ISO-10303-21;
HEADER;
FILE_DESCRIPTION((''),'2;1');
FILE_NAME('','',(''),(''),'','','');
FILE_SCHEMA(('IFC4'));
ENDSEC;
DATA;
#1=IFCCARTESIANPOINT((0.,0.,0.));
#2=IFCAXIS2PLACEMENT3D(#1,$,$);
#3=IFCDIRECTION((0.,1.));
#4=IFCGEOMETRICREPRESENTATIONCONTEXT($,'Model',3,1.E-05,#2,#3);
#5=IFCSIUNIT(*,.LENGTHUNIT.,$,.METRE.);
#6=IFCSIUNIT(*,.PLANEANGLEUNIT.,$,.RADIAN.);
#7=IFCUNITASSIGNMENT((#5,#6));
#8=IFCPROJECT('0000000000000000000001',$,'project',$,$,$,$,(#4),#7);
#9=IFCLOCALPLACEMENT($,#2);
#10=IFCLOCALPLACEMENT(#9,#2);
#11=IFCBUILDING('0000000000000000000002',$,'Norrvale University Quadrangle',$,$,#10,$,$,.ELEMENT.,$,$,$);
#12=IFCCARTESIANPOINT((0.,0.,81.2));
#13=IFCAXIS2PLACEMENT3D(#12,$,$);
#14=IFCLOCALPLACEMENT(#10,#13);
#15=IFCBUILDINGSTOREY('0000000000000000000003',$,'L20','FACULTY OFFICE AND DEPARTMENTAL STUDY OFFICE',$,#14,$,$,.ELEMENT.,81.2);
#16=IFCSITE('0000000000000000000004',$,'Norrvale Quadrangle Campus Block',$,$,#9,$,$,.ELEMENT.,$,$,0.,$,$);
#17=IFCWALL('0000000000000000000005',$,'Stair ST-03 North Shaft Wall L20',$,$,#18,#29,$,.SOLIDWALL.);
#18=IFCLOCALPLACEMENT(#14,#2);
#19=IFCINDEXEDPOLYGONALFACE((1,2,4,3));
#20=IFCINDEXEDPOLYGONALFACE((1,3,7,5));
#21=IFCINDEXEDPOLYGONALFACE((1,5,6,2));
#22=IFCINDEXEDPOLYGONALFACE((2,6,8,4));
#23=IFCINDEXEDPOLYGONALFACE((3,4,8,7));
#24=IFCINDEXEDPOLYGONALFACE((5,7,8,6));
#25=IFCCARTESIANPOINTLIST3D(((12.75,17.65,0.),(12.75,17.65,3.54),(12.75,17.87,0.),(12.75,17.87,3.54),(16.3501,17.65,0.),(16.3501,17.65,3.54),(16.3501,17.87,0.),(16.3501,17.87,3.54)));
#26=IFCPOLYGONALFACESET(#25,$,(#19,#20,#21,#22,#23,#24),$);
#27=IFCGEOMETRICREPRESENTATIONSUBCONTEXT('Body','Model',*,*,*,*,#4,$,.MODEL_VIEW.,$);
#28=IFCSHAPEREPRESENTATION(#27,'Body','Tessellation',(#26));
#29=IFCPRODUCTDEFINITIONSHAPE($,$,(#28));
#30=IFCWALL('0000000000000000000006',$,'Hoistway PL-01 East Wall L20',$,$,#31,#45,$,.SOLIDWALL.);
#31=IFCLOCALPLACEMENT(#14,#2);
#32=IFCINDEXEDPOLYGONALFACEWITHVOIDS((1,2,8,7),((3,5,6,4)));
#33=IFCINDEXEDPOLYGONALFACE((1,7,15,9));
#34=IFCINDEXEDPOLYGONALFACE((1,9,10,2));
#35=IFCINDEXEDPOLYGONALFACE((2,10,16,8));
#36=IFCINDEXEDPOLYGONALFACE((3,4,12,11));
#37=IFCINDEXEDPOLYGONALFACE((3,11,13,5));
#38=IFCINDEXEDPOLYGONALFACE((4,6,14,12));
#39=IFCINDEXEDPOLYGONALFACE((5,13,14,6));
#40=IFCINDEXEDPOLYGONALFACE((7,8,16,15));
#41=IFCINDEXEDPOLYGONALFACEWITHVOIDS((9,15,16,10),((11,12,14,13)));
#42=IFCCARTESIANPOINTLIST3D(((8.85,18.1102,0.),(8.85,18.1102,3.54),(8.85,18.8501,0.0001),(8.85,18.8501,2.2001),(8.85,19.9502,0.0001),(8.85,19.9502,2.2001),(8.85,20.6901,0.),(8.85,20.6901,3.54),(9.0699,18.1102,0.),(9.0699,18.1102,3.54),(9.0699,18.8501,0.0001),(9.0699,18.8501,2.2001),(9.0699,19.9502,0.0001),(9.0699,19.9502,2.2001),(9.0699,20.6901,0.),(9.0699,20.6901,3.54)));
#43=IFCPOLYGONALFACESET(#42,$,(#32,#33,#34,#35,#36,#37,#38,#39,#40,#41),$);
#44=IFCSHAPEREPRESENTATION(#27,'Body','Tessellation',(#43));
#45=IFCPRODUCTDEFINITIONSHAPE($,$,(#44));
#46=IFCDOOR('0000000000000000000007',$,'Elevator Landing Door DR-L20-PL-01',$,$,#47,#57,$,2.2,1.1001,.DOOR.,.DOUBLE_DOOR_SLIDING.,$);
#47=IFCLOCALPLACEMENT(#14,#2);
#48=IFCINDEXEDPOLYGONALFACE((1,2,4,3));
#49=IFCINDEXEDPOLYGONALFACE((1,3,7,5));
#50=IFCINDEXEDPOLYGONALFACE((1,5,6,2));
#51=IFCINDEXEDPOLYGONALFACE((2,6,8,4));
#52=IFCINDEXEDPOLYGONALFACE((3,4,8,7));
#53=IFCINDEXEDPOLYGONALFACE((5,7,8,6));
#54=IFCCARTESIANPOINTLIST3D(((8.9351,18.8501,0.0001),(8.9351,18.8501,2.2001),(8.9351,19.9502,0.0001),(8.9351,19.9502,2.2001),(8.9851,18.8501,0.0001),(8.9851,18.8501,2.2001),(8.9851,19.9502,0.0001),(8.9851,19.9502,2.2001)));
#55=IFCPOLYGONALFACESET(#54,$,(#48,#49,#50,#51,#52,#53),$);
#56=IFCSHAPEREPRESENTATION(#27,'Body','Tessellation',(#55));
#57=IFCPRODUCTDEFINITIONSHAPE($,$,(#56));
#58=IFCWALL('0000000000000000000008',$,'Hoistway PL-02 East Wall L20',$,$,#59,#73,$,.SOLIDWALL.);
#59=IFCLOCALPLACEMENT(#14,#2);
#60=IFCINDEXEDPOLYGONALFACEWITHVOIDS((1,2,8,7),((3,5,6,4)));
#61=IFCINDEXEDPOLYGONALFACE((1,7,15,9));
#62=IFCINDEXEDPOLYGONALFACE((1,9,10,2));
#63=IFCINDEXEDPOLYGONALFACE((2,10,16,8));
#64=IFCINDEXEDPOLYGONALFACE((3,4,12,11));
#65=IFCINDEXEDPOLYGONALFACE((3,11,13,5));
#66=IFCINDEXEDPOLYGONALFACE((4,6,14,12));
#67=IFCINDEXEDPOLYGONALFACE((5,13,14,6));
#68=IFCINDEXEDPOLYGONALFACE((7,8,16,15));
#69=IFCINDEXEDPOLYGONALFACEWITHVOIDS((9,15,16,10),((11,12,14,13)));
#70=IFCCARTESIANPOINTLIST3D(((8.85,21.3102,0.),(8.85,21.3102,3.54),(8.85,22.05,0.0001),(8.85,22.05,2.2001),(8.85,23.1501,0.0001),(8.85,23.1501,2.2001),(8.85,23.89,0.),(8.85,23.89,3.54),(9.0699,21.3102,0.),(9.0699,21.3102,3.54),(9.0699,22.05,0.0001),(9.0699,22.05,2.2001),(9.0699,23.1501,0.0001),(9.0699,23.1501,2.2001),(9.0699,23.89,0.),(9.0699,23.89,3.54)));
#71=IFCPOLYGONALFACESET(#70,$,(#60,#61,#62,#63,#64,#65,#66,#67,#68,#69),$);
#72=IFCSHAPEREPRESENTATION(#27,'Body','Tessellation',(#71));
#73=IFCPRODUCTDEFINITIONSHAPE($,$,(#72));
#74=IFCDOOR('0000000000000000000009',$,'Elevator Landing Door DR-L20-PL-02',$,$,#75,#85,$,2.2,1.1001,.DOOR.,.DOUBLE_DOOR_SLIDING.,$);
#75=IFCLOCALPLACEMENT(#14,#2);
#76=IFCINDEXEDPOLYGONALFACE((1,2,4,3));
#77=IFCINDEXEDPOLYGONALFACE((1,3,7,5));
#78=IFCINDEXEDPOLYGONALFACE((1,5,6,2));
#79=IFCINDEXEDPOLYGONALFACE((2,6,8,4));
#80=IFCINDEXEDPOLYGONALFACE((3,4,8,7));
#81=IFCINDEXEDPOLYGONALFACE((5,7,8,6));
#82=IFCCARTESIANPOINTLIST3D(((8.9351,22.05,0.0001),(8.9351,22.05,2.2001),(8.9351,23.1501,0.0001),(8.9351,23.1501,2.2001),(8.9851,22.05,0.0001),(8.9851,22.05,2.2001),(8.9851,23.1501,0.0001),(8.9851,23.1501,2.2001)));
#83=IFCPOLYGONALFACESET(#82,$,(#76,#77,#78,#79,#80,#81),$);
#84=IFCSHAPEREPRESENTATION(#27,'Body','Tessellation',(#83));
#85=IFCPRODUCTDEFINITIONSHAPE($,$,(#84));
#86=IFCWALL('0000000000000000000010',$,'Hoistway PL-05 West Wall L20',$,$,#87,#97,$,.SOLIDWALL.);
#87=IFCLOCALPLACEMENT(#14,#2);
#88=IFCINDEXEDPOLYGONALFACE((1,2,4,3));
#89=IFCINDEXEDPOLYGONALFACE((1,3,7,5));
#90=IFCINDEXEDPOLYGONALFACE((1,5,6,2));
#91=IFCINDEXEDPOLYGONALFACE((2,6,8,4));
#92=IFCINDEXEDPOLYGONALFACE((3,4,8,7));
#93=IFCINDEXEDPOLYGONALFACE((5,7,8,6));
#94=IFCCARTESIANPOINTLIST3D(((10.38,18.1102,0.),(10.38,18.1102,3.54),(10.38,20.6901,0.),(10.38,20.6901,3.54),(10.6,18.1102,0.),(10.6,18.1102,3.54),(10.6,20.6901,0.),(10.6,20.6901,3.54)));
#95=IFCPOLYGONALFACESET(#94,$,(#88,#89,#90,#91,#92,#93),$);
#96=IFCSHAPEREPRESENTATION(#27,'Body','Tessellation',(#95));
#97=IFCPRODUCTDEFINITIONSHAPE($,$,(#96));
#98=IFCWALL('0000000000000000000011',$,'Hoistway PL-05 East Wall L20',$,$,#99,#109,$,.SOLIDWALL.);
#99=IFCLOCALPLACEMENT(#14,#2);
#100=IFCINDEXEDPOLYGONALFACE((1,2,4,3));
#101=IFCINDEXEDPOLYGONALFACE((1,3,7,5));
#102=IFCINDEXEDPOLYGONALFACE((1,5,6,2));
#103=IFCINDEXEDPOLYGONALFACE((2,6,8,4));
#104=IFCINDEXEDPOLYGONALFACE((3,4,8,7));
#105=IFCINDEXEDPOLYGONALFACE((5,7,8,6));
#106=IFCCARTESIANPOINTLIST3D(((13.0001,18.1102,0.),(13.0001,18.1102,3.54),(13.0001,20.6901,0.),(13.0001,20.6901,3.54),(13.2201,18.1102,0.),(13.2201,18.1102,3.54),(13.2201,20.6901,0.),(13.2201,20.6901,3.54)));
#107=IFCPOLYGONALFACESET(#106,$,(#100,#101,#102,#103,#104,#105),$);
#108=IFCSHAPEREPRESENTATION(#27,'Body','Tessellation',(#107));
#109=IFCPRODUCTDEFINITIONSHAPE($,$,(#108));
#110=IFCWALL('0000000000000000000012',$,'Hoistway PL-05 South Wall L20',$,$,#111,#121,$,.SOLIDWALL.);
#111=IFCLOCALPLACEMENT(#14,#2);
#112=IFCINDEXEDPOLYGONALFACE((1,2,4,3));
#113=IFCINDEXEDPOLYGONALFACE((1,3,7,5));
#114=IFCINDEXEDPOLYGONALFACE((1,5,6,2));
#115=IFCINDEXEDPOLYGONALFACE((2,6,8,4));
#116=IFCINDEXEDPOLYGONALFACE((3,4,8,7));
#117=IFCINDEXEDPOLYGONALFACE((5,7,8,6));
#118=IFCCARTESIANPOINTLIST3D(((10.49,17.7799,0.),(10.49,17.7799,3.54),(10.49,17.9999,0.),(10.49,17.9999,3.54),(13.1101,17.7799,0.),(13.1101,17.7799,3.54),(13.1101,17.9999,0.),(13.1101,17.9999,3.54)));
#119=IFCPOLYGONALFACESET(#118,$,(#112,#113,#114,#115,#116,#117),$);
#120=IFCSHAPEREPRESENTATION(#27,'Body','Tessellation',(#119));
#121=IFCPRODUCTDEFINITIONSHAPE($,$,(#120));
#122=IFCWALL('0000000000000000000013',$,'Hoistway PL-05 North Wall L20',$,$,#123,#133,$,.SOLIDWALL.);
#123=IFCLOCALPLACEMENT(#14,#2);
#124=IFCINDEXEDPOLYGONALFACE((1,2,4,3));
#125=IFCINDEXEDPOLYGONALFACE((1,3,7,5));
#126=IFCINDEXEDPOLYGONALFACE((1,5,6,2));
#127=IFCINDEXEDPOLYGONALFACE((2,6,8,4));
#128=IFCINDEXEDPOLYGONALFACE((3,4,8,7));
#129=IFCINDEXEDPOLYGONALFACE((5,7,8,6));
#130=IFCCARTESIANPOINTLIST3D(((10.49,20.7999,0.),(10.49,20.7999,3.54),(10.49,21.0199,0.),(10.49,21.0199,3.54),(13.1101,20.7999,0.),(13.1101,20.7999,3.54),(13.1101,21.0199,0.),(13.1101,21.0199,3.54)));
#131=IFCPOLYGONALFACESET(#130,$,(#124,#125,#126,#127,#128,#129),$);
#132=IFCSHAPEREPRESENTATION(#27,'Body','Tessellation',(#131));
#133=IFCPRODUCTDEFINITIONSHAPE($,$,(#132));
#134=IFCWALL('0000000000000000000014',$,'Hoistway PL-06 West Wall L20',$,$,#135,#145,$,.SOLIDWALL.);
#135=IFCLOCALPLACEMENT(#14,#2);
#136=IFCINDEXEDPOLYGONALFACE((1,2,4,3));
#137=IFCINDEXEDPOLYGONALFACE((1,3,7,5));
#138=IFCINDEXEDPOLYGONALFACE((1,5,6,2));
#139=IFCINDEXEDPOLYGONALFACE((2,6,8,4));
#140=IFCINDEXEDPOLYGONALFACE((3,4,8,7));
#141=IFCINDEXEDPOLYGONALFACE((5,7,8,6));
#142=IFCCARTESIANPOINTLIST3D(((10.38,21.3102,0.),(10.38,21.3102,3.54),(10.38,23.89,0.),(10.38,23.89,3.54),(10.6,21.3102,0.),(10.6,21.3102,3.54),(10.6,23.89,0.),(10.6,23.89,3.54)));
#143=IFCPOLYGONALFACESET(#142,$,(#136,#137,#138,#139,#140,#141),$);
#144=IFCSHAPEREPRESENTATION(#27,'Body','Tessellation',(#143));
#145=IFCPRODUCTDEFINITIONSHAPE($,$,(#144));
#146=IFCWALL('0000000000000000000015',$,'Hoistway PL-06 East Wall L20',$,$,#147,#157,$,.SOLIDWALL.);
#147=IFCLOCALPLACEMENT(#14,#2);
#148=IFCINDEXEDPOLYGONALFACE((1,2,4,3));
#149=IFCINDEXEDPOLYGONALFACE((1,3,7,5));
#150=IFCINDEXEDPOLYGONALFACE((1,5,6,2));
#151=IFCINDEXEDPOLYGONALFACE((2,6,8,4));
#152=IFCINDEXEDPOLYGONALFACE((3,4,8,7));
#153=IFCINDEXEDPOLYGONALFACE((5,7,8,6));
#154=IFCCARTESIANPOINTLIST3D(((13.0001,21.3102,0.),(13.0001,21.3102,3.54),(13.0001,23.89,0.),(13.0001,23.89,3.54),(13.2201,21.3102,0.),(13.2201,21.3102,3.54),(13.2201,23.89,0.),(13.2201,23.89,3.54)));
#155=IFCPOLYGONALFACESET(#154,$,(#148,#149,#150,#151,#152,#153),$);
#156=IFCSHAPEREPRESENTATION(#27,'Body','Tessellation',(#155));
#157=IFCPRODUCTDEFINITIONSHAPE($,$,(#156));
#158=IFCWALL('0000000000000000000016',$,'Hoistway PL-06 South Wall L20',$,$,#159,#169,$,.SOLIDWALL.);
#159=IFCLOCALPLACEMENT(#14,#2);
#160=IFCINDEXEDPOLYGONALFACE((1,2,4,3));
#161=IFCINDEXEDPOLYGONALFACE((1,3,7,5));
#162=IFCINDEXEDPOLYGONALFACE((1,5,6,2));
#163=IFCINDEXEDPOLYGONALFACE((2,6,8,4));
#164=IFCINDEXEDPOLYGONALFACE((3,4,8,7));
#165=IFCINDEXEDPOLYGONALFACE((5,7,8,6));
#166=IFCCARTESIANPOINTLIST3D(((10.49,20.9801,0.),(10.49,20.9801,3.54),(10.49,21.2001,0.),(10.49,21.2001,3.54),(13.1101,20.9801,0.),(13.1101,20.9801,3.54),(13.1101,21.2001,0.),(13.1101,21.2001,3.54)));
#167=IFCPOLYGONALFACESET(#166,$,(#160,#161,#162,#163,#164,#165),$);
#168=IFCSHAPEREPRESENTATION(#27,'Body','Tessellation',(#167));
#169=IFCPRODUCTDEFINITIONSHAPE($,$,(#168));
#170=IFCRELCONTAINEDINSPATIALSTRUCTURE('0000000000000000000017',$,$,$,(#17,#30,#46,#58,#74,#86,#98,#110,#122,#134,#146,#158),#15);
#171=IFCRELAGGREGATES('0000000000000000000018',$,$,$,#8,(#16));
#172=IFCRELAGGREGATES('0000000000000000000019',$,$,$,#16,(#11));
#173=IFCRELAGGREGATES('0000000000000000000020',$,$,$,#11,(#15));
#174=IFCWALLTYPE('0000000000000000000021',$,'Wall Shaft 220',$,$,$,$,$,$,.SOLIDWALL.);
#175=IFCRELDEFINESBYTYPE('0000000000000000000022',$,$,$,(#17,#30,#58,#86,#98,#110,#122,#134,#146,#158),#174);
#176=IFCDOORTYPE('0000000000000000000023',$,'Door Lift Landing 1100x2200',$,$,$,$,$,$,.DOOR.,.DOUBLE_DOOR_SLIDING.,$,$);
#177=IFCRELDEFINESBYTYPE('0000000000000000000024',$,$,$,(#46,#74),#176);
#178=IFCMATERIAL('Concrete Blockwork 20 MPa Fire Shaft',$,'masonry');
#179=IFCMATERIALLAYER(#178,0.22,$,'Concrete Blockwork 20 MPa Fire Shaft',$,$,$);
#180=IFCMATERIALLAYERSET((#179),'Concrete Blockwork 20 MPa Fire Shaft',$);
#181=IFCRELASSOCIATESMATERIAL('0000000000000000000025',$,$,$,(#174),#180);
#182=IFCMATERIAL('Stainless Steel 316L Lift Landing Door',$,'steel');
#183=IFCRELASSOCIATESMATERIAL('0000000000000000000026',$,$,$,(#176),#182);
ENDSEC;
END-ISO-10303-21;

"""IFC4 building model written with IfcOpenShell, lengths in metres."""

from ifc_helpers import new_model, si_unit, direction, frame, frame_2d, origin, place, context, subcontext, project, spatial, rectangle, extrude, material, layer, layer_set, type_object, element, fill, save


model = new_model("IFC4")

# Units and contexts
model_context = context("Model", 3, precision=1e-05, world=origin(), true_north=direction((0.0, 1.0)))
body_context = subcontext(model_context, "Body", "Model", "MODEL_VIEW")
ifc_project = project(units=[si_unit("LENGTHUNIT", "METRE"), si_unit("PLANEANGLEUNIT", "RADIAN")], contexts=[model_context])

# Site, building, storey
site_placement = place(None, origin())
site = spatial("IfcSite", under=ifc_project, at=site_placement, Name="Norrvale Quadrangle Campus Block", CompositionType="ELEMENT", RefElevation=0.0)
building_placement = place(site_placement, origin())
building = spatial("IfcBuilding", under=site, at=building_placement, Name="Norrvale University Quadrangle", CompositionType="ELEMENT")
storey_placement = place(building_placement, frame((0.0, 0.0, 81.2)))
storey = spatial("IfcBuildingStorey", under=building, at=storey_placement, Name="L20", Description="FACULTY OFFICE AND DEPARTMENTAL STUDY OFFICE", CompositionType="ELEMENT", Elevation=81.2)

# Wall
ifc_material_1 = material(Name="Concrete Blockwork 20 MPa Fire Shaft", Category="masonry")
ifc_layer_1 = layer(ifc_material_1, 0.22, Name="Concrete Blockwork 20 MPa Fire Shaft")
ifc_layer_set_1 = layer_set([ifc_layer_1], Name="Concrete Blockwork 20 MPa Fire Shaft")
wall_type_1 = type_object("IfcWallType", Name="Wall Shaft 220", PredefinedType="SOLIDWALL", material=ifc_layer_set_1)
wall_1_placement = place(storey_placement, frame((12.75, 17.76, 0.0), z_axis=(0.0, 0.0, 1.0), x_axis=(1.0, 0.0, 0.0)))
element("IfcWall", 1, at=wall_1_placement, inside=storey, type_object=wall_type_1, Name="Stair ST-03 North Shaft Wall L20", PredefinedType="SOLIDWALL", context=body_context, shape_type="SweptSolid", body=[
    extrude(rectangle(XDim=3.6001, YDim=0.22, at=frame_2d((1.8, 0.0))), origin(), (0.0, 0.0, 1.0), 3.54),
])

# Walls, openings, doors
wall_2_placement = place(storey_placement, frame((8.96, 18.1101, 0.0), z_axis=(0.0, 0.0, 1.0), x_axis=(0.0, 1.0, 0.0)))
wall_2 = element("IfcWall", 2, at=wall_2_placement, inside=storey, type_object=wall_type_1, Name="Hoistway PL-01 East Wall L20", PredefinedType="SOLIDWALL", context=body_context, shape_type="SweptSolid", body=[
    extrude(rectangle(XDim=2.5798, YDim=0.22, at=frame_2d((1.29, 0.0))), origin(), (0.0, 0.0, 1.0), 3.54),
])
opening_1_placement = place(wall_2_placement, frame((0.74, 0.0, 0.0)))
opening_1 = element("IfcOpeningElement", 3, at=opening_1_placement, cuts=wall_2, PredefinedType="OPENING", context=body_context, shape_type="SweptSolid", body=[
    extrude(rectangle(XDim=1.1001, YDim=2.2, at=frame_2d((0.55, 1.1001))), frame((0.0, 0.1221, 0.0), z_axis=(0.0, -1.0, 0.0), x_axis=(1.0, 0.0, 0.0)), (0.0, 0.0, 1.0), 0.2439),
])
ifc_material_2 = material(Name="Stainless Steel 316L Lift Landing Door", Category="steel")
door_type_1 = type_object("IfcDoorType", Name="Door Lift Landing 1100x2200", OperationType="DOUBLE_DOOR_SLIDING", PredefinedType="DOOR", material=ifc_material_2)
door_1_placement = place(opening_1_placement, origin())
door_1 = element("IfcDoor", 4, at=door_1_placement, inside=storey, type_object=door_type_1, Name="Elevator Landing Door DR-L20-PL-01", OperationType="DOUBLE_DOOR_SLIDING", OverallHeight=2.2, OverallWidth=1.1001, PredefinedType="DOOR", context=body_context, shape_type="SweptSolid", body=[
    extrude(rectangle(XDim=1.1001, YDim=2.2, at=frame_2d((0.55, 1.1001))), frame((0.0, 0.0249, 0.0), z_axis=(0.0, -1.0, 0.0), x_axis=(1.0, 0.0, 0.0)), (0.0, 0.0, 1.0), 0.05),
])
fill(opening_1, door_1)
wall_3_placement = place(storey_placement, frame((8.96, 21.3101, 0.0), z_axis=(0.0, 0.0, 1.0), x_axis=(0.0, 1.0, 0.0)))
wall_3 = element("IfcWall", 5, at=wall_3_placement, inside=storey, type_object=wall_type_1, Name="Hoistway PL-02 East Wall L20", PredefinedType="SOLIDWALL", context=body_context, shape_type="SweptSolid", body=[
    extrude(rectangle(XDim=2.5798, YDim=0.22, at=frame_2d((1.29, 0.0))), origin(), (0.0, 0.0, 1.0), 3.54),
])
opening_2_placement = place(wall_3_placement, frame((0.74, 0.0, 0.0)))
opening_2 = element("IfcOpeningElement", 6, at=opening_2_placement, cuts=wall_3, PredefinedType="OPENING", context=body_context, shape_type="SweptSolid", body=[
    extrude(rectangle(XDim=1.1001, YDim=2.2, at=frame_2d((0.55, 1.1001))), frame((0.0, 0.1221, 0.0), z_axis=(0.0, -1.0, 0.0), x_axis=(1.0, 0.0, 0.0)), (0.0, 0.0, 1.0), 0.2439),
])
door_2_placement = place(opening_2_placement, origin())
door_2 = element("IfcDoor", 7, at=door_2_placement, inside=storey, type_object=door_type_1, Name="Elevator Landing Door DR-L20-PL-02", OperationType="DOUBLE_DOOR_SLIDING", OverallHeight=2.2, OverallWidth=1.1001, PredefinedType="DOOR", context=body_context, shape_type="SweptSolid", body=[
    extrude(rectangle(XDim=1.1001, YDim=2.2, at=frame_2d((0.55, 1.1001))), frame((0.0, 0.0249, 0.0), z_axis=(0.0, -1.0, 0.0), x_axis=(1.0, 0.0, 0.0)), (0.0, 0.0, 1.0), 0.05),
])
fill(opening_2, door_2)

# Walls
for number, where, z_axis, x_axis, name in (
    (8, (10.49, 18.1101, 0.0), (0.0, 0.0, 1.0), (0.0, 1.0, 0.0), "Hoistway PL-05 West Wall L20"),
    (9, (13.1101, 18.1101, 0.0), (0.0, 0.0, 1.0), (0.0, 1.0, 0.0), "Hoistway PL-05 East Wall L20"),
):
    element("IfcWall", number, at=place(storey_placement, frame(where, z_axis=z_axis, x_axis=x_axis)), inside=storey, type_object=wall_type_1, Name=name, PredefinedType="SOLIDWALL", context=body_context, shape_type="SweptSolid", body=[
        extrude(rectangle(XDim=2.5798, YDim=0.22, at=frame_2d((1.29, 0.0))), origin(), (0.0, 0.0, 1.0), 3.54),
    ])
for number, where, z_axis, x_axis, name in (
    (10, (10.49, 17.8899, 0.0), (0.0, 0.0, 1.0), (1.0, 0.0, 0.0), "Hoistway PL-05 South Wall L20"),
    (11, (10.49, 20.9099, 0.0), (0.0, 0.0, 1.0), (1.0, 0.0, 0.0), "Hoistway PL-05 North Wall L20"),
):
    element("IfcWall", number, at=place(storey_placement, frame(where, z_axis=z_axis, x_axis=x_axis)), inside=storey, type_object=wall_type_1, Name=name, PredefinedType="SOLIDWALL", context=body_context, shape_type="SweptSolid", body=[
        extrude(rectangle(XDim=2.6201, YDim=0.22, at=frame_2d((1.3101, 0.0))), origin(), (0.0, 0.0, 1.0), 3.54),
    ])
for number, where, z_axis, x_axis, name in (
    (12, (10.49, 21.3101, 0.0), (0.0, 0.0, 1.0), (0.0, 1.0, 0.0), "Hoistway PL-06 West Wall L20"),
    (13, (13.1101, 21.3101, 0.0), (0.0, 0.0, 1.0), (0.0, 1.0, 0.0), "Hoistway PL-06 East Wall L20"),
):
    element("IfcWall", number, at=place(storey_placement, frame(where, z_axis=z_axis, x_axis=x_axis)), inside=storey, type_object=wall_type_1, Name=name, PredefinedType="SOLIDWALL", context=body_context, shape_type="SweptSolid", body=[
        extrude(rectangle(XDim=2.5798, YDim=0.22, at=frame_2d((1.29, 0.0))), origin(), (0.0, 0.0, 1.0), 3.54),
    ])
wall_4_placement = place(storey_placement, frame((10.49, 21.0901, 0.0), z_axis=(0.0, 0.0, 1.0), x_axis=(1.0, 0.0, 0.0)))
element("IfcWall", 14, at=wall_4_placement, inside=storey, type_object=wall_type_1, Name="Hoistway PL-06 South Wall L20", PredefinedType="SOLIDWALL", context=body_context, shape_type="SweptSolid", body=[
    extrude(rectangle(XDim=2.6201, YDim=0.22, at=frame_2d((1.3101, 0.0))), origin(), (0.0, 0.0, 1.0), 3.54),
])

save(model, "model.ifc")
